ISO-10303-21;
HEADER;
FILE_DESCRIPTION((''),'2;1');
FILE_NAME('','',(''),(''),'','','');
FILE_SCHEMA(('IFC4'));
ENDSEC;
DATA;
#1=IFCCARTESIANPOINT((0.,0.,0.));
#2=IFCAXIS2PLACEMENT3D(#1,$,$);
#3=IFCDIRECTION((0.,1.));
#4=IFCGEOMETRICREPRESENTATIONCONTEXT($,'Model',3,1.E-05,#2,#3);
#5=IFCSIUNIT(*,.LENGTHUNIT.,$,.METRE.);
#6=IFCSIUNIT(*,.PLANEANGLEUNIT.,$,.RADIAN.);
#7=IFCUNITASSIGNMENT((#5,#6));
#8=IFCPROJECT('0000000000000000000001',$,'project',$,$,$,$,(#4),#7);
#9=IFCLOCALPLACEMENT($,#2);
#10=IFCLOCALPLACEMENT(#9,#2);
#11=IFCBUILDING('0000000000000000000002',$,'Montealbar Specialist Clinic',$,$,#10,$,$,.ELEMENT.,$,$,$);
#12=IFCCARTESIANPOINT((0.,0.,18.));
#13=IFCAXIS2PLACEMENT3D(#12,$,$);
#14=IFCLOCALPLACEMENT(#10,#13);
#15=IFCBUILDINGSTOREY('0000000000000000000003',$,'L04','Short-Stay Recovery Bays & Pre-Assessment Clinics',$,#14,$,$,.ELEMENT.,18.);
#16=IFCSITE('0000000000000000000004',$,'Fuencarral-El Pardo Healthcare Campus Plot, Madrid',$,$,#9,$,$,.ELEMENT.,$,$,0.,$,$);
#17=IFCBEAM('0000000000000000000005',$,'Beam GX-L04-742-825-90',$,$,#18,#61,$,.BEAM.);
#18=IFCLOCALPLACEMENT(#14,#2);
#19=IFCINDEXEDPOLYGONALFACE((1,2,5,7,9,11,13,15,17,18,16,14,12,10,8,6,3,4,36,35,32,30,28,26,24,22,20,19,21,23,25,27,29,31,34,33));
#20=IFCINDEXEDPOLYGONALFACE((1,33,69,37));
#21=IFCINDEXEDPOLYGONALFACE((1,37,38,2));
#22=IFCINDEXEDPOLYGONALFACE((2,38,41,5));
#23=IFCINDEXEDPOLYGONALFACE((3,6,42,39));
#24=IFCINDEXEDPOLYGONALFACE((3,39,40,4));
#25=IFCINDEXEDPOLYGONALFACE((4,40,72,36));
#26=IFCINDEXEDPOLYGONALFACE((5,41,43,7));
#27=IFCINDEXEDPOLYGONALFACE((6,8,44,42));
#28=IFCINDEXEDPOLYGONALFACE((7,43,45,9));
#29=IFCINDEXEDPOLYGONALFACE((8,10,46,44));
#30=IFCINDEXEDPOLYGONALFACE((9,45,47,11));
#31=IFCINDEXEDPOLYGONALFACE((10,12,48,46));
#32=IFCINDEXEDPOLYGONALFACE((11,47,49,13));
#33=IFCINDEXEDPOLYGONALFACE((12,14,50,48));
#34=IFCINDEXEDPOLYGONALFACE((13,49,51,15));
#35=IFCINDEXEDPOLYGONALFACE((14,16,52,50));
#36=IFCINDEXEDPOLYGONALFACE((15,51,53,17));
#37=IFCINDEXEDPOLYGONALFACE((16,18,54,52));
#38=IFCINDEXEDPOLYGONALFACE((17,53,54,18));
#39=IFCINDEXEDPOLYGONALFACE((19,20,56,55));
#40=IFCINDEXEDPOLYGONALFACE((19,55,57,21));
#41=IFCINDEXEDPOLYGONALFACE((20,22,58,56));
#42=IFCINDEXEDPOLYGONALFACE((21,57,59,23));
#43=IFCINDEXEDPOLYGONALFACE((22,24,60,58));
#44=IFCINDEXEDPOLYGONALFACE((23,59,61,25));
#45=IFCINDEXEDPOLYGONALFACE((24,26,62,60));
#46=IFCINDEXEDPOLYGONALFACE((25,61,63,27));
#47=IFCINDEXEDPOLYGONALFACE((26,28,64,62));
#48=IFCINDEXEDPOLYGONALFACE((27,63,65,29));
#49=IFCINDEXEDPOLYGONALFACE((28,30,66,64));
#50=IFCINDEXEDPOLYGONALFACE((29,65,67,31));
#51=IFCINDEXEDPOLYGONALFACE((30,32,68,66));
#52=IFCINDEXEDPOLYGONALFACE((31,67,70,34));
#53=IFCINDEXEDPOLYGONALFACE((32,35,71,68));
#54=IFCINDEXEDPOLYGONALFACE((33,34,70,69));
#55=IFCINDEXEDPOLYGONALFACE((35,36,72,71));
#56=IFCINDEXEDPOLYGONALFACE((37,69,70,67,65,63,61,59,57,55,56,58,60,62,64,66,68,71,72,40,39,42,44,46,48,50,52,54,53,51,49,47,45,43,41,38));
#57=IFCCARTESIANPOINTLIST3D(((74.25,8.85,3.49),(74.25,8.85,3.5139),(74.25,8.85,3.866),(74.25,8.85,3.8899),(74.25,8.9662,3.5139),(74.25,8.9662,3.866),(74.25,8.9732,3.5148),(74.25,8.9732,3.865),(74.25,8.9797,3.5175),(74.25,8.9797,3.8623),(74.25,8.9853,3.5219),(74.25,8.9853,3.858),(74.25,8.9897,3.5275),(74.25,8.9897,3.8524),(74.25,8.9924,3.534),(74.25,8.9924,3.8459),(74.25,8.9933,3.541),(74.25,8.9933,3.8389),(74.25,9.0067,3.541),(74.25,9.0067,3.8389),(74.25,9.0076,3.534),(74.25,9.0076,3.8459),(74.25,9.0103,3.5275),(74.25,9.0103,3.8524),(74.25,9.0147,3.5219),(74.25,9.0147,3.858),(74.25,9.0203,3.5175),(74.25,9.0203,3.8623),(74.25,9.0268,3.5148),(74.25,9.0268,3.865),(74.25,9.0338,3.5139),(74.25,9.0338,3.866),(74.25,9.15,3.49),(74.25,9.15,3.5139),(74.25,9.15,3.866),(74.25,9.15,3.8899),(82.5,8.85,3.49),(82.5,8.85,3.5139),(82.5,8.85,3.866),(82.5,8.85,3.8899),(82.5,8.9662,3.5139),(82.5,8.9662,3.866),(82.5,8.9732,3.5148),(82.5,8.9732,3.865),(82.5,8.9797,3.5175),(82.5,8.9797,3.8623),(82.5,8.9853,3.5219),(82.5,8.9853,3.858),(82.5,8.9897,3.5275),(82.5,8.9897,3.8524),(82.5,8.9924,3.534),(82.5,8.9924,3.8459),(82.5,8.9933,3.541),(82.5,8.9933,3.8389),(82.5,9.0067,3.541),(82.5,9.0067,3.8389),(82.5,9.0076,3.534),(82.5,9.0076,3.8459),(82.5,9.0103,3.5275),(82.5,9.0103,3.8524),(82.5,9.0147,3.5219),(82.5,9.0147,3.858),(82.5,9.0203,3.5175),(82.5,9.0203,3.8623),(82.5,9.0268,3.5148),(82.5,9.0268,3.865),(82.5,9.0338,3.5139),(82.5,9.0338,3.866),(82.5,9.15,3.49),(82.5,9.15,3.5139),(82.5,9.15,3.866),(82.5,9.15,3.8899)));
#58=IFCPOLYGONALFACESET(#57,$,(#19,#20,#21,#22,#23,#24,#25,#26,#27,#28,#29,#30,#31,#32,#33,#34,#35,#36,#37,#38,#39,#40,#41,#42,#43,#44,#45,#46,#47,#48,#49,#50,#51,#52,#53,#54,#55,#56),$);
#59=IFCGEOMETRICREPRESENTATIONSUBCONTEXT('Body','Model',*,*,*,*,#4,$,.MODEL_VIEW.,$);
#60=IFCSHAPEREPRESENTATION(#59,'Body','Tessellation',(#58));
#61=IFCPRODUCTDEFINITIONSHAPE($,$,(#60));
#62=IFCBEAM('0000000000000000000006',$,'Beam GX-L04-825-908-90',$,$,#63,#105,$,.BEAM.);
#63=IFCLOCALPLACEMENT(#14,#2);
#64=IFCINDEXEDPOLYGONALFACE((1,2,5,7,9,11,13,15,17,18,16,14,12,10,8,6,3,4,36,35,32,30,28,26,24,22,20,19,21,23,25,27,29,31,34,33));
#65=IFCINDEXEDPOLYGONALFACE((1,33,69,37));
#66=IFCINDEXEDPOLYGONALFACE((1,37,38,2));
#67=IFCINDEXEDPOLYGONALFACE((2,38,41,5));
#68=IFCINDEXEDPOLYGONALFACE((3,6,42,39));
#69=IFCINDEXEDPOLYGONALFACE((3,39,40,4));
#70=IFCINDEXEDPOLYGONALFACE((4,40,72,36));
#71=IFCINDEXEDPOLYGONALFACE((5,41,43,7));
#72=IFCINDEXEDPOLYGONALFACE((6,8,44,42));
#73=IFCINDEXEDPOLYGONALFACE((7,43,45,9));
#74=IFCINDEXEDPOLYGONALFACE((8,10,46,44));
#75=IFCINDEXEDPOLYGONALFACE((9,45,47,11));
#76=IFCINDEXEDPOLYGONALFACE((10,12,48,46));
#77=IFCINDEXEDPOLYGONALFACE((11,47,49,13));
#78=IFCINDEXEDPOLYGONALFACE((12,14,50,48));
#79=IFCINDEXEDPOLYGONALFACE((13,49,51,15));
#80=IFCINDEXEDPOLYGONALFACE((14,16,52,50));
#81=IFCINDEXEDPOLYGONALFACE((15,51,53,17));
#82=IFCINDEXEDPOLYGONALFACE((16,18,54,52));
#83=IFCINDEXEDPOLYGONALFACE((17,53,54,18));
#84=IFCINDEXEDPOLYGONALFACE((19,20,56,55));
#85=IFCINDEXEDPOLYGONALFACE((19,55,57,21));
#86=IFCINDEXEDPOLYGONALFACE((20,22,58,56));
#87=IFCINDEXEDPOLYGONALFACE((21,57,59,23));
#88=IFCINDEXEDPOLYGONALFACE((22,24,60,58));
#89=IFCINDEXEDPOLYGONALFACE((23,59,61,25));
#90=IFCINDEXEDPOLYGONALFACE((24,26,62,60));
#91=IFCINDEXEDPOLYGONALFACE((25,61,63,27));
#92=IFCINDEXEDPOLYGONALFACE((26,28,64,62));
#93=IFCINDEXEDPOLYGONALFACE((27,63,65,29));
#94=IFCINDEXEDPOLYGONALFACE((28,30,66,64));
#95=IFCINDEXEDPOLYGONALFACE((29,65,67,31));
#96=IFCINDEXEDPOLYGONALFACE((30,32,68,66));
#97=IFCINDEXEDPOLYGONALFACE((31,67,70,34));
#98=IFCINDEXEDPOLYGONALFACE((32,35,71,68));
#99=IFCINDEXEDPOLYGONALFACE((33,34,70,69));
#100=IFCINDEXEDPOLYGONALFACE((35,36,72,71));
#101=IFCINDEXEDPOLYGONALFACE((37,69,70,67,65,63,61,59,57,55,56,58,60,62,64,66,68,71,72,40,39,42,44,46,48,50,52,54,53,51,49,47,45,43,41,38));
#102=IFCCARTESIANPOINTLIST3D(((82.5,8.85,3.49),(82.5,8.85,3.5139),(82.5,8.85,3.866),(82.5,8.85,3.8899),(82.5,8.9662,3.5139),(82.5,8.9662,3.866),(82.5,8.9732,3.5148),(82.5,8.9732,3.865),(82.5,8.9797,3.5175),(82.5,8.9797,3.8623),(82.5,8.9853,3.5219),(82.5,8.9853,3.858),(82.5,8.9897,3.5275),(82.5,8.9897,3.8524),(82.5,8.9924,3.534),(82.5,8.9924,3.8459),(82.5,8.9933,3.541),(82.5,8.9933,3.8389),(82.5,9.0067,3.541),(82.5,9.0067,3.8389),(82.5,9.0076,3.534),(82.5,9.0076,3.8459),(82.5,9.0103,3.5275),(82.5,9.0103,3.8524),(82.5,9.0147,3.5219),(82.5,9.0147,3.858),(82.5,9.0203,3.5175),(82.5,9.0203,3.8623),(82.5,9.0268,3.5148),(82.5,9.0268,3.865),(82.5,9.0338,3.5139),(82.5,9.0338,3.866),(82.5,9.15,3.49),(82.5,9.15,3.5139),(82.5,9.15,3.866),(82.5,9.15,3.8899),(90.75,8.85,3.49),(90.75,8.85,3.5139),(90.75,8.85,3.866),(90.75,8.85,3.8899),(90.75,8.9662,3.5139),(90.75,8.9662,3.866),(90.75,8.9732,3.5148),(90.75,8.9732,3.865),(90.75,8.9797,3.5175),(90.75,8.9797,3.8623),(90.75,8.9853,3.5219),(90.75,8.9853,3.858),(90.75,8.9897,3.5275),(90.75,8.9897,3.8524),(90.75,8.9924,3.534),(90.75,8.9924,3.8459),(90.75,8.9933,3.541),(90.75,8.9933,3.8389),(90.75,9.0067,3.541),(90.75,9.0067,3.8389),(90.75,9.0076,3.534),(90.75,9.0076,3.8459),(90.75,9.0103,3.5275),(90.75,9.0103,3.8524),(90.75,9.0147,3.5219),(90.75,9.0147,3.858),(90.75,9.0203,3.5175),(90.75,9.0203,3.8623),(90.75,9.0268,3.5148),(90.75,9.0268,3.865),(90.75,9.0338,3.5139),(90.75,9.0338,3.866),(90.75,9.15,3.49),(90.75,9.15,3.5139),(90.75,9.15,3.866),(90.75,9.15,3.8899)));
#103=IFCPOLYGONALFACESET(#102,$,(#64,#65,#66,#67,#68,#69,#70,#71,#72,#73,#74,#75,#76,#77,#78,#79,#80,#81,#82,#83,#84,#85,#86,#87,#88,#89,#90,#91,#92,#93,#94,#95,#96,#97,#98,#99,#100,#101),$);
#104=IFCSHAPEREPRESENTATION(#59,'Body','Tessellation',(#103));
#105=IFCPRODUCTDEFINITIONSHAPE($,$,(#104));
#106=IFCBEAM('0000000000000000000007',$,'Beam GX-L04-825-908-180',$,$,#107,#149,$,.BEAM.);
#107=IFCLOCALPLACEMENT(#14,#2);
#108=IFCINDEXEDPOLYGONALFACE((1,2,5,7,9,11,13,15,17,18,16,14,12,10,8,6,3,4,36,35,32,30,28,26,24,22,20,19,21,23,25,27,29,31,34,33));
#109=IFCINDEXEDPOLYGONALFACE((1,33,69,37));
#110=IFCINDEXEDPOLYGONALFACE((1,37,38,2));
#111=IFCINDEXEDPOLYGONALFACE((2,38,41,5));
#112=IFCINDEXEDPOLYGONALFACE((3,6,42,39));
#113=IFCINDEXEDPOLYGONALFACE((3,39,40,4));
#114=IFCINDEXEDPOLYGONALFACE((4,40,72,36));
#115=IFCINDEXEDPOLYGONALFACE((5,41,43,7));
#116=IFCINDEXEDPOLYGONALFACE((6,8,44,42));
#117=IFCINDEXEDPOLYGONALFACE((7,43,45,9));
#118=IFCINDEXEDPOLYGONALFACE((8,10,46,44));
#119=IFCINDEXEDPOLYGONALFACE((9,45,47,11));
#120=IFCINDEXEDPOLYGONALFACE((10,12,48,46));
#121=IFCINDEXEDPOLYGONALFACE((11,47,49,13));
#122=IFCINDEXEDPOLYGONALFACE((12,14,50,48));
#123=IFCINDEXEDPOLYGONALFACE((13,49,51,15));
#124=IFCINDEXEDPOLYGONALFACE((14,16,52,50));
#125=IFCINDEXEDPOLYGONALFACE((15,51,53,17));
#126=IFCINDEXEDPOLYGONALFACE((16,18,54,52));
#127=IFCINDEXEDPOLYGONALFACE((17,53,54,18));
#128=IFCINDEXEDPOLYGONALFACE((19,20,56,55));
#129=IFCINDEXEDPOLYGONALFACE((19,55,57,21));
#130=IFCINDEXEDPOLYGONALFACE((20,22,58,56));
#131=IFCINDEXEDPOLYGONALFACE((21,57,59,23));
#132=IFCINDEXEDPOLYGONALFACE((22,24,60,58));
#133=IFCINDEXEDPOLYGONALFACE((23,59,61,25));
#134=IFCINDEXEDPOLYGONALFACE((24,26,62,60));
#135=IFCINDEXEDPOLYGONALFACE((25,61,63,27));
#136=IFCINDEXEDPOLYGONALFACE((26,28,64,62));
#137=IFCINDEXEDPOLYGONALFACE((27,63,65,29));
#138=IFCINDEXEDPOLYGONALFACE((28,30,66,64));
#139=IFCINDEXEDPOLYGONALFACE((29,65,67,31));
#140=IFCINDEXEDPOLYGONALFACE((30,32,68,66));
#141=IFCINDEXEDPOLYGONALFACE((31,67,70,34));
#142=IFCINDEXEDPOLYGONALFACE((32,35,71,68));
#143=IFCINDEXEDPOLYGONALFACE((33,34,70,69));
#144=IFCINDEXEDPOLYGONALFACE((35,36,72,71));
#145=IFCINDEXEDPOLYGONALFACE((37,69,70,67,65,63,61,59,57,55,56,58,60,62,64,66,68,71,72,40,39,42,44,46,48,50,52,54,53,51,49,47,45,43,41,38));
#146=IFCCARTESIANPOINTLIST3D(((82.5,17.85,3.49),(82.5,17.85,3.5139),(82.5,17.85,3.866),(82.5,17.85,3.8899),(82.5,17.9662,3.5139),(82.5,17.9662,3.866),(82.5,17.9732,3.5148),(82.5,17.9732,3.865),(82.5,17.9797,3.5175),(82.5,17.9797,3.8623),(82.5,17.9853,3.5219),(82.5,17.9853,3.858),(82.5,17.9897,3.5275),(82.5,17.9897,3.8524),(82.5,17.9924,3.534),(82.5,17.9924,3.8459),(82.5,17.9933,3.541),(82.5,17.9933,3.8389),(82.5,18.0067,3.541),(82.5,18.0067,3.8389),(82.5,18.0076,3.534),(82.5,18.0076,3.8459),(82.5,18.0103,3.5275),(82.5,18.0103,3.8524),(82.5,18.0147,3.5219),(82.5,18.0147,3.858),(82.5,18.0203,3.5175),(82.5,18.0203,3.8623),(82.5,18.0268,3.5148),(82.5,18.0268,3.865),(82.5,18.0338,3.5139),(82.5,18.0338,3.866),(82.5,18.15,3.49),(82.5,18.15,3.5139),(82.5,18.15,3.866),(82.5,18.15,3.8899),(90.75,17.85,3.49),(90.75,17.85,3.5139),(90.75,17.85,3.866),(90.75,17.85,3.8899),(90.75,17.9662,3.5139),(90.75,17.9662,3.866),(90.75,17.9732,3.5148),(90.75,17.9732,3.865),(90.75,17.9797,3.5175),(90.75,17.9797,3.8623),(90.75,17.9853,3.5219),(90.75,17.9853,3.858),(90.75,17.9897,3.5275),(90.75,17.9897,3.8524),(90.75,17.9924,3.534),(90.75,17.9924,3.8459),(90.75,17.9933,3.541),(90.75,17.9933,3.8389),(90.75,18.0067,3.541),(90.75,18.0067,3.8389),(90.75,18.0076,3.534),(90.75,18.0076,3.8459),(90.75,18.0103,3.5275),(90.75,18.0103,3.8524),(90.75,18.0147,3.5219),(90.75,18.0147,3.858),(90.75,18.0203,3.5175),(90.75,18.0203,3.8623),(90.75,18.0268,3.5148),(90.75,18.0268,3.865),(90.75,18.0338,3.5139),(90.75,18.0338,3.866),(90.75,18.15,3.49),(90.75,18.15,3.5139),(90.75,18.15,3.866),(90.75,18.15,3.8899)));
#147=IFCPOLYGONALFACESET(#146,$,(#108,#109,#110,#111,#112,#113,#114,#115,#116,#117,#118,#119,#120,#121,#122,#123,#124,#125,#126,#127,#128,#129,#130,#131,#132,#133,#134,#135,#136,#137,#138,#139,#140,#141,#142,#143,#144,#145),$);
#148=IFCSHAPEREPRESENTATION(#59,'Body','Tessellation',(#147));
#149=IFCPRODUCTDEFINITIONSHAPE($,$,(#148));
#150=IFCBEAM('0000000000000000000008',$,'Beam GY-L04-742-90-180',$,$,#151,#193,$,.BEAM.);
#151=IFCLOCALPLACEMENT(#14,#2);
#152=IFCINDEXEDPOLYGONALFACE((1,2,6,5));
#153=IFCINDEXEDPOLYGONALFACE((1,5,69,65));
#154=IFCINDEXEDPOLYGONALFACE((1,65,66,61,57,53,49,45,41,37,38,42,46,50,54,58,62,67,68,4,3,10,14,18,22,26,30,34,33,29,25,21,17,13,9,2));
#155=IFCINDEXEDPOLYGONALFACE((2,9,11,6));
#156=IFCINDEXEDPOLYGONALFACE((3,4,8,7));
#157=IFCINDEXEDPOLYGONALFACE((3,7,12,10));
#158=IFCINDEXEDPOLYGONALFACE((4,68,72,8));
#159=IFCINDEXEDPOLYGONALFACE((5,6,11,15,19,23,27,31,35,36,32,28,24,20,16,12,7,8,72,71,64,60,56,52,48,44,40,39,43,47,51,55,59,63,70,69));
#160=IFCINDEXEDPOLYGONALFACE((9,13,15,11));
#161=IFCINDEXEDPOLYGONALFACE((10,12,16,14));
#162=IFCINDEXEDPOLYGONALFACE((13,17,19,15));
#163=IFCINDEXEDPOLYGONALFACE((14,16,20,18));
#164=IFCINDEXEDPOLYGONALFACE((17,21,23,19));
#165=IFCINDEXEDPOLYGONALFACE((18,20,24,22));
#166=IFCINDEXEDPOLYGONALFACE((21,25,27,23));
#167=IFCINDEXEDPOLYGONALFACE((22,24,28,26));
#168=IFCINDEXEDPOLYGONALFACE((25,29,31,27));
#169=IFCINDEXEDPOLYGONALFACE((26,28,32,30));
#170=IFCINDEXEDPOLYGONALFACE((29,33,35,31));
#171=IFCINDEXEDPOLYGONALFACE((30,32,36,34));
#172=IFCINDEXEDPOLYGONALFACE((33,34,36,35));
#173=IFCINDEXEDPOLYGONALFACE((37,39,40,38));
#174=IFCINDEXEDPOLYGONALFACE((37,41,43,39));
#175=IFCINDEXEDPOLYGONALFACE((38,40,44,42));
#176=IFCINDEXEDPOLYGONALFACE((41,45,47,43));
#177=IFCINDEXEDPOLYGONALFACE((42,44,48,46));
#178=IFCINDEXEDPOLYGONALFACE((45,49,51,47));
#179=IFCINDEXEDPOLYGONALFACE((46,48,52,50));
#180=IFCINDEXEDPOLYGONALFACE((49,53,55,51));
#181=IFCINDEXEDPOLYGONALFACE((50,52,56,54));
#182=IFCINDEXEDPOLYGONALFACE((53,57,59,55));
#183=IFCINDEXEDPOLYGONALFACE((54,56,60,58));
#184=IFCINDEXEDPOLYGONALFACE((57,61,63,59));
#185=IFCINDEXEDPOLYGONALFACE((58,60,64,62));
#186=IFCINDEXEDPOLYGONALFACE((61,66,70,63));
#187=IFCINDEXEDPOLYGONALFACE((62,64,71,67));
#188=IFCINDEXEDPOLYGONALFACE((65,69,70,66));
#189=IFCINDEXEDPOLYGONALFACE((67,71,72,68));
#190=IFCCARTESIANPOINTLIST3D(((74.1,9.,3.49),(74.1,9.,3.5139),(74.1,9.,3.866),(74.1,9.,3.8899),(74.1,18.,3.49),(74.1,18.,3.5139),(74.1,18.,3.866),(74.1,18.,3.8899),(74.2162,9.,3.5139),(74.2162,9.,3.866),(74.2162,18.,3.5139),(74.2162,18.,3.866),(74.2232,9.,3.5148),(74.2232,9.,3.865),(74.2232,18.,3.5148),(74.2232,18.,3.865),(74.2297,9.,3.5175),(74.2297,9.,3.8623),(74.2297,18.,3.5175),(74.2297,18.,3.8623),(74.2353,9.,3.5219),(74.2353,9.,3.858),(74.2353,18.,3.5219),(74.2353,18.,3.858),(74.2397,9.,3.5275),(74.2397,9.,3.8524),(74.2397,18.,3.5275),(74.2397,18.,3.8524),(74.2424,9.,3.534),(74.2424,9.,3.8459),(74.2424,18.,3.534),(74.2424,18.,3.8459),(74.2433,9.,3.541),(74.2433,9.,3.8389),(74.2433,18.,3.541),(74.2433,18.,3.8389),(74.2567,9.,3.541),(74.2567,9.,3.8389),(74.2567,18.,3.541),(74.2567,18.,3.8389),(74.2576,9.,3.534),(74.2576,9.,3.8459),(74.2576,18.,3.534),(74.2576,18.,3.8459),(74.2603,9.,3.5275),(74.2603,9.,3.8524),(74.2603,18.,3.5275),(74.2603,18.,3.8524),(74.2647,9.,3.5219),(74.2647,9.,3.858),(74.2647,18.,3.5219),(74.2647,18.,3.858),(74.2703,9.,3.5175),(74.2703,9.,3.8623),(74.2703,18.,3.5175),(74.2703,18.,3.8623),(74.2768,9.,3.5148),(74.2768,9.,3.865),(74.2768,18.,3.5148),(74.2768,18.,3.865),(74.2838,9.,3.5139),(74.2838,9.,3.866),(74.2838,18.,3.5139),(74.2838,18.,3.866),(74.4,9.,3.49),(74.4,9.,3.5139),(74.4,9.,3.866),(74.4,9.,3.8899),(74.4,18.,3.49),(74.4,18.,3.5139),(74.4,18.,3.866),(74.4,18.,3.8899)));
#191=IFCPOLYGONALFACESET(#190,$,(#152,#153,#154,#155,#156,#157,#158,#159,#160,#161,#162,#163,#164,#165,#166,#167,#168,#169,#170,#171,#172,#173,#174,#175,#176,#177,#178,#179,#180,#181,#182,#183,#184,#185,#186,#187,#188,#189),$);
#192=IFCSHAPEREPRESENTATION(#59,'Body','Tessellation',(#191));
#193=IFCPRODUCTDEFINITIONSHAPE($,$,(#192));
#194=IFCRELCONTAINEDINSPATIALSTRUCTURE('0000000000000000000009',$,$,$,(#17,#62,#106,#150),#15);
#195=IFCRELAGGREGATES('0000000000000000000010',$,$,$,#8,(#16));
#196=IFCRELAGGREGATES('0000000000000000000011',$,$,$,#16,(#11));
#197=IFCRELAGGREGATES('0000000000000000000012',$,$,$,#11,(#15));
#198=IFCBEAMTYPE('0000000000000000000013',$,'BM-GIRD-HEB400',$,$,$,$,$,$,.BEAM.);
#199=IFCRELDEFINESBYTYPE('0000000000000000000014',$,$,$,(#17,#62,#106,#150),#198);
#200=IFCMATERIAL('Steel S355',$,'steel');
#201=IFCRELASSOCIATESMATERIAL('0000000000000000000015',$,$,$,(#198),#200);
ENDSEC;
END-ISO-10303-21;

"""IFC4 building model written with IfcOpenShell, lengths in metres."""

from ifc_helpers import new_model, si_unit, direction, frame, origin, origin_2d, place, context, subcontext, project, spatial, i_section, extrude, material, material_profile, profile_set, type_object, element, save


model = new_model("IFC4")

# Units and contexts
model_context = context("Model", 3, precision=1e-05, world=origin(), true_north=direction((0.0, 1.0)))
body_context = subcontext(model_context, "Body", "Model", "MODEL_VIEW")
ifc_project = project(units=[si_unit("LENGTHUNIT", "METRE"), si_unit("PLANEANGLEUNIT", "RADIAN")], contexts=[model_context])

# Site, building, storey
site_placement = place(None, origin())
site = spatial("IfcSite", under=ifc_project, at=site_placement, Name="Fuencarral-El Pardo Healthcare Campus Plot, Madrid", CompositionType="ELEMENT", RefElevation=0.0)
building_placement = place(site_placement, origin())
building = spatial("IfcBuilding", under=site, at=building_placement, Name="Montealbar Specialist Clinic", CompositionType="ELEMENT")
storey_placement = place(building_placement, frame((0.0, 0.0, 18.0)))
storey = spatial("IfcBuildingStorey", under=building, at=storey_placement, Name="L04", Description="Short-Stay Recovery Bays & Pre-Assessment Clinics", CompositionType="ELEMENT", Elevation=18.0)

# Shared definitions
ifc_material_1 = material(Name="Steel S355", Category="steel")

# Beams
ifc_material_profile_1 = material_profile(ifc_material_1, i_section(OverallWidth=0.3, OverallDepth=0.3999, WebThickness=0.0134, FlangeThickness=0.0239, FilletRadius=0.0271, at=origin_2d()), Name="HEB 400", Category="steel")
ifc_profile_set_1 = profile_set([ifc_material_profile_1], Name="Steel S355")
beam_type_1 = type_object("IfcBeamType", Name="BM-GIRD-HEB400", PredefinedType="BEAM", material=ifc_profile_set_1)
for number, where, z_axis, x_axis, name in (
    (1, (74.25, 9.0, 3.6899), (1.0, 0.0, 0.0), (0.0, 1.0, 0.0), "Beam GX-L04-742-825-90"),
    (2, (82.5, 9.0, 3.6899), (1.0, 0.0, 0.0), (0.0, 1.0, 0.0), "Beam GX-L04-825-908-90"),
    (3, (82.5, 18.0, 3.6899), (1.0, 0.0, 0.0), (0.0, 1.0, 0.0), "Beam GX-L04-825-908-180"),
):
    element("IfcBeam", number, at=place(storey_placement, frame(where, z_axis=z_axis, x_axis=x_axis)), inside=storey, type_object=beam_type_1, Name=name, PredefinedType="BEAM", context=body_context, shape_type="SweptSolid", body=[
        extrude(i_section(OverallWidth=0.3, OverallDepth=0.3999, WebThickness=0.0134, FlangeThickness=0.0239, FilletRadius=0.0271, at=origin_2d()), origin(), (0.0, 0.0, 1.0), 8.25),
    ])
for number, where, z_axis, x_axis, name in (
    (4, (74.25, 9.0, 3.6899), (0.0, 1.0, 0.0), (-1.0, 0.0, 0.0), "Beam GY-L04-742-90-180"),
):
    element("IfcBeam", number, at=place(storey_placement, frame(where, z_axis=z_axis, x_axis=x_axis)), inside=storey, type_object=beam_type_1, Name=name, PredefinedType="BEAM", context=body_context, shape_type="SweptSolid", body=[
        extrude(i_section(OverallWidth=0.3, OverallDepth=0.3999, WebThickness=0.0134, FlangeThickness=0.0239, FilletRadius=0.0271, at=origin_2d()), origin(), (0.0, 0.0, 1.0), 9.0),
    ])

save(model, "model.ifc")
